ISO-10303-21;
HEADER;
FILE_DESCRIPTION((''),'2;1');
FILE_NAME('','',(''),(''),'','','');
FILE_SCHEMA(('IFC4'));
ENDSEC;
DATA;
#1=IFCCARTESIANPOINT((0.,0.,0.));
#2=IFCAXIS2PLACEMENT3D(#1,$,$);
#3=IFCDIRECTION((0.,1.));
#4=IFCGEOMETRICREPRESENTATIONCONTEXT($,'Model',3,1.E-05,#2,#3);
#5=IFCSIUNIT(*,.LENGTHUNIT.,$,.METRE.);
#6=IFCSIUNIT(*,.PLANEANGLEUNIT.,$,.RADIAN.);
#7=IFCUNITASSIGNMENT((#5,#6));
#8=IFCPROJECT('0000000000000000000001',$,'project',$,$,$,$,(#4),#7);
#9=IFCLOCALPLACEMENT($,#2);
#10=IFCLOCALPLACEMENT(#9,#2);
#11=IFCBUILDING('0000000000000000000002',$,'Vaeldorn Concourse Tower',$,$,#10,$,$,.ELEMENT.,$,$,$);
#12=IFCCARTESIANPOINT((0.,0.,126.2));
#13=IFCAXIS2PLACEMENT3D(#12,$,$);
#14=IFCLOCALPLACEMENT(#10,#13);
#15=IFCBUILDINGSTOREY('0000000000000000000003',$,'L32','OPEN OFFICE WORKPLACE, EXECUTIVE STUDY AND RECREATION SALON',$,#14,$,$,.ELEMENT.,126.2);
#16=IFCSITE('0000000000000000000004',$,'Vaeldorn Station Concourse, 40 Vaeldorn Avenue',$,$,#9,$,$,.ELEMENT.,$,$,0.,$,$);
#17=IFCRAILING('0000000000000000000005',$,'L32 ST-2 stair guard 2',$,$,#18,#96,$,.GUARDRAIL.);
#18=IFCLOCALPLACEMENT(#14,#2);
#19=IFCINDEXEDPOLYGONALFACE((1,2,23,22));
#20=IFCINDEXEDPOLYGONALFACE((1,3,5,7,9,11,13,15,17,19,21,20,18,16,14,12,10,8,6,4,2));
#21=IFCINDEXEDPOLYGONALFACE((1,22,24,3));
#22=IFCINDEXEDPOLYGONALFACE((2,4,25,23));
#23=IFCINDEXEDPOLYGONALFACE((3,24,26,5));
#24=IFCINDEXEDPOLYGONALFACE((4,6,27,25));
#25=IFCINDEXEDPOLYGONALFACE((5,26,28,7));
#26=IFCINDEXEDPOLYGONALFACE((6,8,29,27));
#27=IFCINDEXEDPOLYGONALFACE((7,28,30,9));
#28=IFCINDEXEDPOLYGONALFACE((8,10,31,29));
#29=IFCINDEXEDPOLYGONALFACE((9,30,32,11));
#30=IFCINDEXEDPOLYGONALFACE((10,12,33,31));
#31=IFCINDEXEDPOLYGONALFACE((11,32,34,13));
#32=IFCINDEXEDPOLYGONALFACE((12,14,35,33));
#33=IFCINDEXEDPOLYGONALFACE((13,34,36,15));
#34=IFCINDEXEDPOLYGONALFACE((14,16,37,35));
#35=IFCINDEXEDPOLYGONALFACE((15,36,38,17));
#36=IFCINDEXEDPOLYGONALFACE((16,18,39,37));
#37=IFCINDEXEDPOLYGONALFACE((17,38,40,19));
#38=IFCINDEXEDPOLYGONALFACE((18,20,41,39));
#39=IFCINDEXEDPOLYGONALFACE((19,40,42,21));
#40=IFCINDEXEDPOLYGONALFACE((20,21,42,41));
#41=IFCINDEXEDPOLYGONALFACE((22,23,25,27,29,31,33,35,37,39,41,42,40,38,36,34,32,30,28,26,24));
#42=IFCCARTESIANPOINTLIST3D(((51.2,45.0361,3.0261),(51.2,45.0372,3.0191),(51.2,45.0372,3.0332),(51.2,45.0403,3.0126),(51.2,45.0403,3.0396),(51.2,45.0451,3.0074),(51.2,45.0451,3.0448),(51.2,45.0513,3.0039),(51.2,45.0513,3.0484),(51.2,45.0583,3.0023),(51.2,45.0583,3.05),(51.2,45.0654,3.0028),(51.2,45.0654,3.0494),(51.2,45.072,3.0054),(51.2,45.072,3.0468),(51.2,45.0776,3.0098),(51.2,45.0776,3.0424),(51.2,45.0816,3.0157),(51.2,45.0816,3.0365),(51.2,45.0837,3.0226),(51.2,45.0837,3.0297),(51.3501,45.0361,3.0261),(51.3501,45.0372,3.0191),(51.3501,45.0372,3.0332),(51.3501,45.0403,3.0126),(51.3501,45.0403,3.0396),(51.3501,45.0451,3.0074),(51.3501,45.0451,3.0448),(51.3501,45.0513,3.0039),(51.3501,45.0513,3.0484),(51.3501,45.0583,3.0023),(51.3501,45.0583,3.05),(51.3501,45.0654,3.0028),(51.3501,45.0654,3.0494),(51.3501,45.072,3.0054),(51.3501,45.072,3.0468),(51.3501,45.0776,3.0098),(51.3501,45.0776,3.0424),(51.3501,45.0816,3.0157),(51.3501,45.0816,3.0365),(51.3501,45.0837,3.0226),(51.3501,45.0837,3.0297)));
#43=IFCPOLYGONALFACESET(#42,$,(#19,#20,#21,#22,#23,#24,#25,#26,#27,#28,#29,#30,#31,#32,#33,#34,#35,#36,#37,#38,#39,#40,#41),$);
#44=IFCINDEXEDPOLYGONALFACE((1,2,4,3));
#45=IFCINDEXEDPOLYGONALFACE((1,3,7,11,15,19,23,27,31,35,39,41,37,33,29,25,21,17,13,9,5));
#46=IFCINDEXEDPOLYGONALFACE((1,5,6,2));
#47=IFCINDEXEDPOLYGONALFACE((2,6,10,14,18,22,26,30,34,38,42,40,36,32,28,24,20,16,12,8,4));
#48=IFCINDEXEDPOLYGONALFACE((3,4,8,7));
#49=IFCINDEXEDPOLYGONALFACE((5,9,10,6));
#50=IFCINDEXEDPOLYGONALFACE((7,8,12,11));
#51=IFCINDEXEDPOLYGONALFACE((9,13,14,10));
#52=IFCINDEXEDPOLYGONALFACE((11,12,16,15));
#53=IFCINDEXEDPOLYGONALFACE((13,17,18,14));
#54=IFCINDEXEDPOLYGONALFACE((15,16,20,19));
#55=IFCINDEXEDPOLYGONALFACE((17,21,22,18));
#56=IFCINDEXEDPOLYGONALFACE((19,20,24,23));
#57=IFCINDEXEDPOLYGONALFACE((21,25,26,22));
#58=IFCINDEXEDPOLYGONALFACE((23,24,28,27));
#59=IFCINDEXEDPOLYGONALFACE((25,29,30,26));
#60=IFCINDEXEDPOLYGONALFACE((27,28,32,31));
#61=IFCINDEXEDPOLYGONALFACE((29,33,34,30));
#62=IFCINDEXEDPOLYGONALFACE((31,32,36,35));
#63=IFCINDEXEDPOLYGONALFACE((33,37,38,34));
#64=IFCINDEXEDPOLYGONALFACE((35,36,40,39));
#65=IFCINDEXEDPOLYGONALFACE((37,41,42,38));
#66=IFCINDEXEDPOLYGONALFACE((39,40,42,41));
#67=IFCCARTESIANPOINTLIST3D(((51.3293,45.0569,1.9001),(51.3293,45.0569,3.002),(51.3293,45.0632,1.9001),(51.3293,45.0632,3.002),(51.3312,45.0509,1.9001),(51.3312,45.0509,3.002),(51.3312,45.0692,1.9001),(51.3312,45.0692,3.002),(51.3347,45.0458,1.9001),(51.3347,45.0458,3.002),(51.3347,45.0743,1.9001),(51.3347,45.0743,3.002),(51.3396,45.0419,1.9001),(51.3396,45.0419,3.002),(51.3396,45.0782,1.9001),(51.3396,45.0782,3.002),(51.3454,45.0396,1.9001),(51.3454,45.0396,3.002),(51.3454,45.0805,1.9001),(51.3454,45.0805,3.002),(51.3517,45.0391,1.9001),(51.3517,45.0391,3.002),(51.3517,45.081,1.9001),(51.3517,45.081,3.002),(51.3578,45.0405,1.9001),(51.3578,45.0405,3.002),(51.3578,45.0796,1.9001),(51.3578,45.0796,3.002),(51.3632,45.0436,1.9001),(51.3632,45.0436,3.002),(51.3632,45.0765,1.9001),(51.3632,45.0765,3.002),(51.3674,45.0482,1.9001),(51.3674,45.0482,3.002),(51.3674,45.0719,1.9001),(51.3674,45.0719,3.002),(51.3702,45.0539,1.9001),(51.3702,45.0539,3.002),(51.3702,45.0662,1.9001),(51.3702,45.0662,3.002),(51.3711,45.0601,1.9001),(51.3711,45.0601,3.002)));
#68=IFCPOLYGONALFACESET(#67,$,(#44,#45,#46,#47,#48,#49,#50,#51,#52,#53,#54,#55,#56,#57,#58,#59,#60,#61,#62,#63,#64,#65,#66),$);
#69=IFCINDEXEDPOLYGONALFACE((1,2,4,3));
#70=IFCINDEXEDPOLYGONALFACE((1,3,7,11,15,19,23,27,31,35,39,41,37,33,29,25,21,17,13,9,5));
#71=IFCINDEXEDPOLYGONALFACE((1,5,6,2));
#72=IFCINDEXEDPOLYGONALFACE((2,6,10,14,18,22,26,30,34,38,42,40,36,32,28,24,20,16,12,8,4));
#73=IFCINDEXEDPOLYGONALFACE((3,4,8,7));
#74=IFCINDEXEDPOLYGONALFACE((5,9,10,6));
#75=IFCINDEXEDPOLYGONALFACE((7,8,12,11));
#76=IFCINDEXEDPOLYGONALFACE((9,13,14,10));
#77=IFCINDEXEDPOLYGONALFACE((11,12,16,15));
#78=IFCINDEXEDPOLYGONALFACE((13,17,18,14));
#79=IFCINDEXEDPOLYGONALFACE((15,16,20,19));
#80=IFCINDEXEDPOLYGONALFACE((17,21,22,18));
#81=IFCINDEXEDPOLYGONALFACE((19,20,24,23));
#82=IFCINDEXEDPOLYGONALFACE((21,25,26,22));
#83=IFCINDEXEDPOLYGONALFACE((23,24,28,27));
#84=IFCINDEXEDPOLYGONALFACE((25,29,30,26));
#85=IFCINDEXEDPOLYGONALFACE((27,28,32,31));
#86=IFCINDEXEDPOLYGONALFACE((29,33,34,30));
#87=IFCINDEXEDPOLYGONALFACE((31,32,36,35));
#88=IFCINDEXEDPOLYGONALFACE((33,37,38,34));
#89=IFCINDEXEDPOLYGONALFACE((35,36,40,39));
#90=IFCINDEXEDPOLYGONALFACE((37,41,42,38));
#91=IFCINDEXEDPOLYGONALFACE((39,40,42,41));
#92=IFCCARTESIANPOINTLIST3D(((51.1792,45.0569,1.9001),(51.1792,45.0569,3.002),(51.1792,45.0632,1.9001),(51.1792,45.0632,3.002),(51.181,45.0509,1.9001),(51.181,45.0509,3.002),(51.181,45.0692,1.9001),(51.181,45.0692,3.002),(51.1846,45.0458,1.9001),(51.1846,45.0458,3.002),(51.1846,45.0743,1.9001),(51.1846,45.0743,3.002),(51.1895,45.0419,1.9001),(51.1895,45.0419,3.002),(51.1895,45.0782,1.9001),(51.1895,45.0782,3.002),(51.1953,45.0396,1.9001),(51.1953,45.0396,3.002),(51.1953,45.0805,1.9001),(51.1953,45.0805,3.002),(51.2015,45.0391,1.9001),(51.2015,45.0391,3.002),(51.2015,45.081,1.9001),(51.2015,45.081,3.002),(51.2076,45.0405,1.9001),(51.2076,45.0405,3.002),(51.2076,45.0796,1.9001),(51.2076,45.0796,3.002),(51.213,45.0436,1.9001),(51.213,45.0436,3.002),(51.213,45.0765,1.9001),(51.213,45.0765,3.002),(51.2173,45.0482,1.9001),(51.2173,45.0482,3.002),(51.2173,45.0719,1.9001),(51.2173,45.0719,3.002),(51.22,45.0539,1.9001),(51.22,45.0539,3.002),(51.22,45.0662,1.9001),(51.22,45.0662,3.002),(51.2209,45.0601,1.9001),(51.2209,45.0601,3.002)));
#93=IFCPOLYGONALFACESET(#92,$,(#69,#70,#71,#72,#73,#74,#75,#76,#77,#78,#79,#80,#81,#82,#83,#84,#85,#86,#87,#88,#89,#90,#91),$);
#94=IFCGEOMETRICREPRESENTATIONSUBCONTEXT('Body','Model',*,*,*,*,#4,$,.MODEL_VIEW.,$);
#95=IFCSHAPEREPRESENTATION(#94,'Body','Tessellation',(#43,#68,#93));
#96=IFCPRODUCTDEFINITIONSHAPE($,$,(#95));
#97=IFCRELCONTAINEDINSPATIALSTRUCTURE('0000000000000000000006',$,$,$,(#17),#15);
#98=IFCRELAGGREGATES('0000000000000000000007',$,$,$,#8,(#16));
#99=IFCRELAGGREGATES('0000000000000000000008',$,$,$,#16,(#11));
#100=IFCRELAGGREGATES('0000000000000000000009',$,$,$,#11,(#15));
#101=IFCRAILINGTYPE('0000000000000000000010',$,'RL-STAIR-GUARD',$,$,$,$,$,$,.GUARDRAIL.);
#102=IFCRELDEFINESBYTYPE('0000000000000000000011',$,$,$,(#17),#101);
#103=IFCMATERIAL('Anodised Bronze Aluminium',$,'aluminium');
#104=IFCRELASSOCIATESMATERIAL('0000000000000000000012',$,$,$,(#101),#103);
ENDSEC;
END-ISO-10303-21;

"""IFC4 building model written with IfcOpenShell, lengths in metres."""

from ifc_helpers import new_model, si_unit, direction, frame, origin, origin_2d, place, context, subcontext, project, spatial, circle, extrude, material, type_object, element, save


model = new_model("IFC4")

# Units and contexts
model_context = context("Model", 3, precision=1e-05, world=origin(), true_north=direction((0.0, 1.0)))
body_context = subcontext(model_context, "Body", "Model", "MODEL_VIEW")
ifc_project = project(units=[si_unit("LENGTHUNIT", "METRE"), si_unit("PLANEANGLEUNIT", "RADIAN")], contexts=[model_context])

# Site, building, storey
site_placement = place(None, origin())
site = spatial("IfcSite", under=ifc_project, at=site_placement, Name="Vaeldorn Station Concourse, 40 Vaeldorn Avenue", CompositionType="ELEMENT", RefElevation=0.0)
building_placement = place(site_placement, origin())
building = spatial("IfcBuilding", under=site, at=building_placement, Name="Vaeldorn Concourse Tower", CompositionType="ELEMENT")
storey_placement = place(building_placement, frame((0.0, 0.0, 126.2)))
storey = spatial("IfcBuildingStorey", under=building, at=storey_placement, Name="L32", Description="OPEN OFFICE WORKPLACE, EXECUTIVE STUDY AND RECREATION SALON", CompositionType="ELEMENT", Elevation=126.2)

# Shared definitions
ifc_material_1 = material(Name="Anodised Bronze Aluminium", Category="aluminium")

# Railing
railing_type_1 = type_object("IfcRailingType", Name="RL-STAIR-GUARD", PredefinedType="GUARDRAIL", material=ifc_material_1)
railing_1_placement = place(storey_placement, frame((51.3501, 45.0601, 1.9001)))
element("IfcRailing", 1, at=railing_1_placement, inside=storey, type_object=railing_type_1, Name="L32 ST-2 stair guard 2", PredefinedType="GUARDRAIL", context=body_context, shape_type="SweptSolid", body=[
    extrude(circle(Radius=0.0239, at=origin_2d()), frame((0.0, 0.0, 1.126), z_axis=(-1.0, 0.0, 0.0), x_axis=(0.0, -1.0, 0.0)), (0.0, 0.0, 1.0), 0.1501),
    extrude(circle(Radius=0.021, at=origin_2d()), origin(), (0.0, 0.0, 1.0), 1.1018),
    extrude(circle(Radius=0.021, at=origin_2d()), frame((-0.1501, 0.0, 0.0)), (0.0, 0.0, 1.0), 1.1018),
])

save(model, "model.ifc")
